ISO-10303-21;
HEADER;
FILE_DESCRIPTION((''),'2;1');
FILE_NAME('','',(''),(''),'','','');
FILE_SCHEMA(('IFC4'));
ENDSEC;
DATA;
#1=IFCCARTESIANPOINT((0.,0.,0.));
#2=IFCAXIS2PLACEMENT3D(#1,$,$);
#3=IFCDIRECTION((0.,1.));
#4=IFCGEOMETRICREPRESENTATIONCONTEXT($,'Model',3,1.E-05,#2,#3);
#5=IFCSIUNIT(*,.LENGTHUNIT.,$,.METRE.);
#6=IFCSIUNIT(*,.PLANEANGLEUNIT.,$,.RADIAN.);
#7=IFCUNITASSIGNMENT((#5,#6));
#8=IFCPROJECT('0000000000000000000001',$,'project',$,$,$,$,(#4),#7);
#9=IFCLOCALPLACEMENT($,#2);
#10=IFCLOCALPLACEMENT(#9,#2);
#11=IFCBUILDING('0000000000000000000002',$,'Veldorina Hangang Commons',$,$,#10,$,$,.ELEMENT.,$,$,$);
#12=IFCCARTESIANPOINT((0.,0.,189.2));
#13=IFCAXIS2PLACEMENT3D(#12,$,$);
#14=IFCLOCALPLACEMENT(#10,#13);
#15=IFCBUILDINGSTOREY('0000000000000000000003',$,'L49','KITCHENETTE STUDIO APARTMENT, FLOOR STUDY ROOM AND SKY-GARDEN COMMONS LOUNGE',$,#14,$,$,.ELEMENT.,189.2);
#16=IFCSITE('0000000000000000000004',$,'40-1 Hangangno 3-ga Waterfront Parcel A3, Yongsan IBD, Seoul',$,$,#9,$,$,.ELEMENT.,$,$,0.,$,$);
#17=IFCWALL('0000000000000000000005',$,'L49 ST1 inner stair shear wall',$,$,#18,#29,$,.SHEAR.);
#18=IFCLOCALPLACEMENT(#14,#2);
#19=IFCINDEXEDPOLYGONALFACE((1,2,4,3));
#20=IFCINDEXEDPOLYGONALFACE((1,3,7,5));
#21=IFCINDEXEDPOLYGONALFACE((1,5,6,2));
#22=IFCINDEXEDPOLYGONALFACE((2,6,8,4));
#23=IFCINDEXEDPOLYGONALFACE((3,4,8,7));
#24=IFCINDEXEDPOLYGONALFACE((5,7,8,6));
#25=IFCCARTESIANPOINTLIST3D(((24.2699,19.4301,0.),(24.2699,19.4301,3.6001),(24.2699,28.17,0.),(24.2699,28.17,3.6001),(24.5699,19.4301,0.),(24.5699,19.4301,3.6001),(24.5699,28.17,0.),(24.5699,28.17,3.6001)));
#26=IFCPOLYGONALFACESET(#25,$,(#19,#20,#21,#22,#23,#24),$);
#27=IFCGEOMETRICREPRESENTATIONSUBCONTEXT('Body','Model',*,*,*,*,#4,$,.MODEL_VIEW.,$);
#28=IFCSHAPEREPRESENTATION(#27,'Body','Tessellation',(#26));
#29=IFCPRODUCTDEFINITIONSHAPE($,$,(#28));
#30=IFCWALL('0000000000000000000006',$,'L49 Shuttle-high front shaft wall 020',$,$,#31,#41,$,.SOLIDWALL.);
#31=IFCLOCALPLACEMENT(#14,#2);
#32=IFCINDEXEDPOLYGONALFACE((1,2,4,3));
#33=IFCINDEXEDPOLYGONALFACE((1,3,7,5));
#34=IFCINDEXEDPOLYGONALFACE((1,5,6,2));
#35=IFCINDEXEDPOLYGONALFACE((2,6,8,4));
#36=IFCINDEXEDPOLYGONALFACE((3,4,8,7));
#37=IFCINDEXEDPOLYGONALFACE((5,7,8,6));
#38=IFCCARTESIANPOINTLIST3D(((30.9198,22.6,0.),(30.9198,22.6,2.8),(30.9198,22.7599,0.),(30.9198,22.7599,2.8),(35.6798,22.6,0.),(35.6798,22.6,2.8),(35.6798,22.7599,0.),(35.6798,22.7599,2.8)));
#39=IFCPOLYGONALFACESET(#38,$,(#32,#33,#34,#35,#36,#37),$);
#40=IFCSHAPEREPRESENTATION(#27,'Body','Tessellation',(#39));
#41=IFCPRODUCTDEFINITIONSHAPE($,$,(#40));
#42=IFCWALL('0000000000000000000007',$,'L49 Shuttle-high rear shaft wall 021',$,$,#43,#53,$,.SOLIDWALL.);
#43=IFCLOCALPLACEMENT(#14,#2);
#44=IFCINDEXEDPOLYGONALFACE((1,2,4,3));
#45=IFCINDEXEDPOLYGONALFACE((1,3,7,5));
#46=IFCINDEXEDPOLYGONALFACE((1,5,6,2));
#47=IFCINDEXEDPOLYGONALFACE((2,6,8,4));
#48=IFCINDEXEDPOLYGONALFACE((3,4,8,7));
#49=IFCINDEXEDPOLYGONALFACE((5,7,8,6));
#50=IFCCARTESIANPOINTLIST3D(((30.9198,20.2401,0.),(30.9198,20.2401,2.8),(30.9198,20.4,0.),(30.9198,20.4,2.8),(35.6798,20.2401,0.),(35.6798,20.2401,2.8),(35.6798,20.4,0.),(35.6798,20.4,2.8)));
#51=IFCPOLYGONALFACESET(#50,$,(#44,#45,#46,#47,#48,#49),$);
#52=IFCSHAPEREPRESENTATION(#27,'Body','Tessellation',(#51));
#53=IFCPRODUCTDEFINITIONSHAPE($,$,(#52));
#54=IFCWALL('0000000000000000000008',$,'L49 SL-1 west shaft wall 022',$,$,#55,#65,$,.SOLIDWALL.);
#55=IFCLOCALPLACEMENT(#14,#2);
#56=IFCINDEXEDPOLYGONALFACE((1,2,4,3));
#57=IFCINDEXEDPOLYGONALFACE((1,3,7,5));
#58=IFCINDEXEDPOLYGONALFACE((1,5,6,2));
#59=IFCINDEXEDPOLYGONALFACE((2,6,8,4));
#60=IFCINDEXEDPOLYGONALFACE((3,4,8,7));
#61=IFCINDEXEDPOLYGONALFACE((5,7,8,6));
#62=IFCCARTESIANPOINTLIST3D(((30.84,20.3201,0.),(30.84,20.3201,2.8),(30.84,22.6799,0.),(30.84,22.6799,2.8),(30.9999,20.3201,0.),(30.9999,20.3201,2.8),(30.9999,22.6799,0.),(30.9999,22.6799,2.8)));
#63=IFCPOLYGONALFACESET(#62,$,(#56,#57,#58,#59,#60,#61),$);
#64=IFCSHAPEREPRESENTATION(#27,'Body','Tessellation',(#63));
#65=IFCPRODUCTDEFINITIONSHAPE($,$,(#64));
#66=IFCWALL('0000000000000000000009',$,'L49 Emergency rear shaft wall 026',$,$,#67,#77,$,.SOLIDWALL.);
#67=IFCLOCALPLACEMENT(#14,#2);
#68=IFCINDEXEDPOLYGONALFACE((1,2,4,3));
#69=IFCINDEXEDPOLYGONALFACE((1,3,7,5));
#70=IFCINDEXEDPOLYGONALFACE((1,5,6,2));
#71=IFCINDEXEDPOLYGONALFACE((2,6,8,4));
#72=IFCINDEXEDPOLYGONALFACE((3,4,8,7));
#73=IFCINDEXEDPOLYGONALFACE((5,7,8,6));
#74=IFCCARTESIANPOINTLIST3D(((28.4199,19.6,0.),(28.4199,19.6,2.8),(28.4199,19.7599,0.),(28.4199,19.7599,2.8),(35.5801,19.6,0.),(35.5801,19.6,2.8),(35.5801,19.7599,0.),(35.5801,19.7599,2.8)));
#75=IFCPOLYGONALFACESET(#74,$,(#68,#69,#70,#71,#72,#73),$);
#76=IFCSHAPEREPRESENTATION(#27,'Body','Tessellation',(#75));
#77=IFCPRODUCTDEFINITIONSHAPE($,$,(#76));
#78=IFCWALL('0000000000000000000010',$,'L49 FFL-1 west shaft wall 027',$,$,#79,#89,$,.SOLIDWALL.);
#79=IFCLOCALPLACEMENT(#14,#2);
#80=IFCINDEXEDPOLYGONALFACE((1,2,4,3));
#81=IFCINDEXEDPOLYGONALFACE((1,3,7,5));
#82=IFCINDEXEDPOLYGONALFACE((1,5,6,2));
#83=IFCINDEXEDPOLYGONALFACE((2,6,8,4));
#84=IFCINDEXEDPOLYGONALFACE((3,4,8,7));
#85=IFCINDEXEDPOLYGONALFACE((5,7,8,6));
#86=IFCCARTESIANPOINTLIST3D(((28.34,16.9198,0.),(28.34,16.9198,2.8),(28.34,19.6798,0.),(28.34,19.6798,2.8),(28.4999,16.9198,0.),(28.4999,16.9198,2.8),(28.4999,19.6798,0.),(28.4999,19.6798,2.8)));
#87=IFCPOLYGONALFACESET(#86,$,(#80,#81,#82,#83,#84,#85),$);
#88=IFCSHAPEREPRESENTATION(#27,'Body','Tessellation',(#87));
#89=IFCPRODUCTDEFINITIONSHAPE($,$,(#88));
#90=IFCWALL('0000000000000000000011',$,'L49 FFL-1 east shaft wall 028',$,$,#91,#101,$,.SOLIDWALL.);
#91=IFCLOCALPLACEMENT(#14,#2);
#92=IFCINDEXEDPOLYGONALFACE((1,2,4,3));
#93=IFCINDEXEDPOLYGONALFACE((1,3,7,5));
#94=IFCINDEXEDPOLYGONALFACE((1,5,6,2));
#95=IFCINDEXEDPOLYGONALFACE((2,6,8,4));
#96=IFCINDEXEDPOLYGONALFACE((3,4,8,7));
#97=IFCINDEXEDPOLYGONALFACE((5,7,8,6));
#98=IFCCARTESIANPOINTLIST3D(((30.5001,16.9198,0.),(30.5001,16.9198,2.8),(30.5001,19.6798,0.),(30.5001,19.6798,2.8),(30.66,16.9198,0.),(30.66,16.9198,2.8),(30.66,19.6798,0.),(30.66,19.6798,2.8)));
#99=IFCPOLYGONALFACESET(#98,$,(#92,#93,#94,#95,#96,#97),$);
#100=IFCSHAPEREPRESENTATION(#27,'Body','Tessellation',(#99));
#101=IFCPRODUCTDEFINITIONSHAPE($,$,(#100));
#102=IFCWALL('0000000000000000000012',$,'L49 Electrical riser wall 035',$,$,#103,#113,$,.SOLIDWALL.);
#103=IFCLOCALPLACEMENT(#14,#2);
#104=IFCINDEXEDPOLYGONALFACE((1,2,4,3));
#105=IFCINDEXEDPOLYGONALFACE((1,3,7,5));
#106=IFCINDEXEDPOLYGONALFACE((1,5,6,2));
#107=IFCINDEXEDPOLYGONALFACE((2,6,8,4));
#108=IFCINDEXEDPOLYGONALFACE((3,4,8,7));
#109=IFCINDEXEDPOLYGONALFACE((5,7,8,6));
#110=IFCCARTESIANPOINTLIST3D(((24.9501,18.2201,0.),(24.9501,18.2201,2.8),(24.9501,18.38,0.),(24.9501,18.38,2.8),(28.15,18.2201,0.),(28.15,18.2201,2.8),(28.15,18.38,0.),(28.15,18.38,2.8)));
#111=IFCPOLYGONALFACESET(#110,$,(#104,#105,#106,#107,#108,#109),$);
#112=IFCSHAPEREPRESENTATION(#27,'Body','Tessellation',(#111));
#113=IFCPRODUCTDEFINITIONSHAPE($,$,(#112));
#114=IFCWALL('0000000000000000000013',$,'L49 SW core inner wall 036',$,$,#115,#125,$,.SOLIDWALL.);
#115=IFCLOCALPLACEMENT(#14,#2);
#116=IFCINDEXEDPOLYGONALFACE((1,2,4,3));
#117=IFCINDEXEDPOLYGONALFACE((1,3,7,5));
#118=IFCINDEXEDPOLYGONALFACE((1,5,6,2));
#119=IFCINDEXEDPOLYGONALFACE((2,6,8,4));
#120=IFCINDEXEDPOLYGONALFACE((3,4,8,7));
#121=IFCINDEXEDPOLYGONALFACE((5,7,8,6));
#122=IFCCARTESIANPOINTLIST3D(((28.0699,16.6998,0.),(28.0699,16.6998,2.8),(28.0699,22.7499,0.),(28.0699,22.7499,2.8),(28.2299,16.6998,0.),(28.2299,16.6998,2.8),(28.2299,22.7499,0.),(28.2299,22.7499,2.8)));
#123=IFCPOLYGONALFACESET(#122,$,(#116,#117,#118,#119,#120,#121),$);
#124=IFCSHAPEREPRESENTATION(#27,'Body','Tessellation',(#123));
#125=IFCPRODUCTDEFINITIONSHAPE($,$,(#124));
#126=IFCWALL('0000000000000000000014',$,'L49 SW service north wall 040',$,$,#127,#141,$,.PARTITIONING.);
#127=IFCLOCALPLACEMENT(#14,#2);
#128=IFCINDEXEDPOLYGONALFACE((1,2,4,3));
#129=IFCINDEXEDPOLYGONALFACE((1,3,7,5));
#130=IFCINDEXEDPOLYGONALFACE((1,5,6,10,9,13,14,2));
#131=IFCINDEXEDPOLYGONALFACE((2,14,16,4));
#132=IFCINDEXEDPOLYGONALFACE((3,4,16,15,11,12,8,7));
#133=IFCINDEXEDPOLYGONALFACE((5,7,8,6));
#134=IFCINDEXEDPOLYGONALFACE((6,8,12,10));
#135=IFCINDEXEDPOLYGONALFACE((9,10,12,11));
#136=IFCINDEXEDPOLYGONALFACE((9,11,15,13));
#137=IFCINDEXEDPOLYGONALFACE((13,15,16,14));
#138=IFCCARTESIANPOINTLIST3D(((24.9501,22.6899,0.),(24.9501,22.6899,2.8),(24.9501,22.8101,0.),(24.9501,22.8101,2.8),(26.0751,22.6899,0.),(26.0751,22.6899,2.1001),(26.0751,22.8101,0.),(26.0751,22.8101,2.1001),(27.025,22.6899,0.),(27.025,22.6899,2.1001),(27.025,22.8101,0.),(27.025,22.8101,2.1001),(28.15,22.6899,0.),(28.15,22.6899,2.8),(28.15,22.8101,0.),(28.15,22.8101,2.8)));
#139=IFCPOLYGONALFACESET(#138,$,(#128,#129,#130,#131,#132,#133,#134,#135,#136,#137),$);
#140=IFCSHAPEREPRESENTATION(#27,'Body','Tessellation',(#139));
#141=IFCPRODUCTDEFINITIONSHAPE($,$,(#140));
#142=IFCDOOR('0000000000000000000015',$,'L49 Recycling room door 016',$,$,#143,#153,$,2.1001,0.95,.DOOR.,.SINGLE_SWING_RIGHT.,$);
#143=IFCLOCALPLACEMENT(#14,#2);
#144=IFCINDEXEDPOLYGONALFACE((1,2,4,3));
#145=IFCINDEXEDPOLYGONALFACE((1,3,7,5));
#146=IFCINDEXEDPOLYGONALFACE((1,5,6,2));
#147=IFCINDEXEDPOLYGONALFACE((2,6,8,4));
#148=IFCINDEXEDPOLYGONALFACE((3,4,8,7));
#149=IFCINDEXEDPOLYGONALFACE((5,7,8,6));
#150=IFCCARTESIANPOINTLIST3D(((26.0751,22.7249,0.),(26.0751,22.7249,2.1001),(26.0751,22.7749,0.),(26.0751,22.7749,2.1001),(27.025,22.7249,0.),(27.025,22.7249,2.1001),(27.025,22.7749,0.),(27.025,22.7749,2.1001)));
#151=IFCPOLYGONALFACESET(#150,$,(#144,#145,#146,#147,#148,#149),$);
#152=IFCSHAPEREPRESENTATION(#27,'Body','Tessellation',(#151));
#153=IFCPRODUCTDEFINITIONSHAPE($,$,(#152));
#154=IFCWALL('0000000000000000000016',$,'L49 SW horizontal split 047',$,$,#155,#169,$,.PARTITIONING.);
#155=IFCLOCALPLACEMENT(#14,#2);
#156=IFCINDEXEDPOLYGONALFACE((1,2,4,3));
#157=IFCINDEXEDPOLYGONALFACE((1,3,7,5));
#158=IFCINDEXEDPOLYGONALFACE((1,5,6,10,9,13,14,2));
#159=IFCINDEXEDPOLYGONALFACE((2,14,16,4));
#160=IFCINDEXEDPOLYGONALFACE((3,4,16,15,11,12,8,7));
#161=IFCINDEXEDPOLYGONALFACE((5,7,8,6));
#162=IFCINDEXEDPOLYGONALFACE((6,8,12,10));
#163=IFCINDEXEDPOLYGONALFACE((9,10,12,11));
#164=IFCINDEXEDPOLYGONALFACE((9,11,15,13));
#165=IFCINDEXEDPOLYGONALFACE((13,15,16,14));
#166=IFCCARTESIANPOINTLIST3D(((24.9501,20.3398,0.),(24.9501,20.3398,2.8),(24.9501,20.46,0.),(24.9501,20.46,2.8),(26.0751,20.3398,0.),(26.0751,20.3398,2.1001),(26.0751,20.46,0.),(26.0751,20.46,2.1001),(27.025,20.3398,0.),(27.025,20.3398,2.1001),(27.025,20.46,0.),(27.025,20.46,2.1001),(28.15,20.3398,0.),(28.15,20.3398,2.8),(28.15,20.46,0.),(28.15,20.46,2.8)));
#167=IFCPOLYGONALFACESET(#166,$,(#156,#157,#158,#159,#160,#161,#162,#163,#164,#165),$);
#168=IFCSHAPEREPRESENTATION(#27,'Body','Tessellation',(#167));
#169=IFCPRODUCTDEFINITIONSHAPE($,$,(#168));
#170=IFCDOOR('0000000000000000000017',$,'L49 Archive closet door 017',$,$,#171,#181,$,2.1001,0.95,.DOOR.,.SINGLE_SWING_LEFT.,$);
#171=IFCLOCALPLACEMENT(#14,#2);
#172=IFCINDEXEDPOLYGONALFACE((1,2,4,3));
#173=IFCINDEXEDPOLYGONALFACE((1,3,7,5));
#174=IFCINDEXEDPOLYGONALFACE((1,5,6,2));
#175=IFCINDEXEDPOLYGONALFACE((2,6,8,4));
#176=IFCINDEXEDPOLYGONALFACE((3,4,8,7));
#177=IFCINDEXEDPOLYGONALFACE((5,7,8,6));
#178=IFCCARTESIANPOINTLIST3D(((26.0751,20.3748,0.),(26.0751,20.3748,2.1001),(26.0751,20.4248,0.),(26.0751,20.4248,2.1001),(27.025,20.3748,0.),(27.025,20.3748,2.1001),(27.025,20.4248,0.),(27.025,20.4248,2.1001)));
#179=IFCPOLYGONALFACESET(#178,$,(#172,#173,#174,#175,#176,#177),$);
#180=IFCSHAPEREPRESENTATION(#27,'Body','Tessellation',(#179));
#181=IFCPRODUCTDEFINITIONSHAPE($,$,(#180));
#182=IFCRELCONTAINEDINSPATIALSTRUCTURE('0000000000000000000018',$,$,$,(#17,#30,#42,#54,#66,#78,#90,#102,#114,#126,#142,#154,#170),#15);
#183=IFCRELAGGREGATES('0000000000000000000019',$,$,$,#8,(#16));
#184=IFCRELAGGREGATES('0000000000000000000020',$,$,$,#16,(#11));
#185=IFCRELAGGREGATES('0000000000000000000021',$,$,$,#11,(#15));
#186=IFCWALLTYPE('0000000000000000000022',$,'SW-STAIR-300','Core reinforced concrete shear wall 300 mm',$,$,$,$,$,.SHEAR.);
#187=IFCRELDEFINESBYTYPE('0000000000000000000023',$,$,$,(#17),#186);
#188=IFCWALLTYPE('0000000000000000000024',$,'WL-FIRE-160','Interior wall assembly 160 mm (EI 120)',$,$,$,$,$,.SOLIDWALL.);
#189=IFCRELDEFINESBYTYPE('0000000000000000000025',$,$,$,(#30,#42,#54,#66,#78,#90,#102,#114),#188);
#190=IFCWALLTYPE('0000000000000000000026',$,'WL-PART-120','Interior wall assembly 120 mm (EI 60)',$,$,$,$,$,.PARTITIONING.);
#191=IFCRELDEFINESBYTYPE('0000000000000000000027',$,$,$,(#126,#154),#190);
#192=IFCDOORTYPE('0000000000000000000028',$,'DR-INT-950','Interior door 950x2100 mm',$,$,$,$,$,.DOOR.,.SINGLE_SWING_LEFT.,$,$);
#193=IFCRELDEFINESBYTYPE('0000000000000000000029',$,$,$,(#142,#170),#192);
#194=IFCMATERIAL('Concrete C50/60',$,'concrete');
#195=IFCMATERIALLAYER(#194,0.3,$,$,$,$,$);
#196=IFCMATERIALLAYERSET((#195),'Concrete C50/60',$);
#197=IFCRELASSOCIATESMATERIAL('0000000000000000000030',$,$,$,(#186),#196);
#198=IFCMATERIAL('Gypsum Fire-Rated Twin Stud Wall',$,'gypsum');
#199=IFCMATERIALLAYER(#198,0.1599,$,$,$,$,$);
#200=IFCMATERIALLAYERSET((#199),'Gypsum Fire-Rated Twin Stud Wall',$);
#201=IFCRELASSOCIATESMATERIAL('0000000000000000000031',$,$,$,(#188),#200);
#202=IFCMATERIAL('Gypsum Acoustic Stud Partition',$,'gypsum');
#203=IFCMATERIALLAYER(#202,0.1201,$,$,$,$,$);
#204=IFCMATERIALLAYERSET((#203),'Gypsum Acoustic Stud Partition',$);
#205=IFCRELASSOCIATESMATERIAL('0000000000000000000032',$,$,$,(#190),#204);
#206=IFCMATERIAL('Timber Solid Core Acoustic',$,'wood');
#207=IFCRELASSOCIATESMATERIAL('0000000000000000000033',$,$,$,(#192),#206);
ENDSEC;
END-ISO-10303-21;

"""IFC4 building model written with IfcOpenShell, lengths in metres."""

from ifc_helpers import new_model, si_unit, direction, frame, frame_2d, origin, place, context, subcontext, project, spatial, rectangle, extrude, material, layer, layer_set, type_object, element, fill, save


model = new_model("IFC4")

# Units and contexts
model_context = context("Model", 3, precision=1e-05, world=origin(), true_north=direction((0.0, 1.0)))
body_context = subcontext(model_context, "Body", "Model", "MODEL_VIEW")
ifc_project = project(units=[si_unit("LENGTHUNIT", "METRE"), si_unit("PLANEANGLEUNIT", "RADIAN")], contexts=[model_context])

# Site, building, storey
site_placement = place(None, origin())
site = spatial("IfcSite", under=ifc_project, at=site_placement, Name="40-1 Hangangno 3-ga Waterfront Parcel A3, Yongsan IBD, Seoul", CompositionType="ELEMENT", RefElevation=0.0)
building_placement = place(site_placement, origin())
building = spatial("IfcBuilding", under=site, at=building_placement, Name="Veldorina Hangang Commons", CompositionType="ELEMENT")
storey_placement = place(building_placement, frame((0.0, 0.0, 189.2)))
storey = spatial("IfcBuildingStorey", under=building, at=storey_placement, Name="L49", Description="KITCHENETTE STUDIO APARTMENT, FLOOR STUDY ROOM AND SKY-GARDEN COMMONS LOUNGE", CompositionType="ELEMENT", Elevation=189.2)

# Walls
ifc_material_1 = material(Name="Concrete C50/60", Category="concrete")
ifc_layer_1 = layer(ifc_material_1, 0.3)
ifc_layer_set_1 = layer_set([ifc_layer_1], Name="Concrete C50/60")
wall_type_1 = type_object("IfcWallType", Name="SW-STAIR-300", Description="Core reinforced concrete shear wall 300 mm", PredefinedType="SHEAR", material=ifc_layer_set_1)
wall_1_placement = place(storey_placement, frame((24.4199, 19.4299, 0.0), z_axis=(0.0, 0.0, 1.0), x_axis=(0.0, 1.0, 0.0)))
element("IfcWall", 1, at=wall_1_placement, inside=storey, type_object=wall_type_1, Name="L49 ST1 inner stair shear wall", PredefinedType="SHEAR", context=body_context, shape_type="SweptSolid", body=[
    extrude(rectangle(XDim=8.74, YDim=0.3, at=frame_2d((4.3701, 0.0))), origin(), (0.0, 0.0, 1.0), 3.6001),
])
ifc_material_2 = material(Name="Gypsum Fire-Rated Twin Stud Wall", Category="gypsum")
ifc_layer_2 = layer(ifc_material_2, 0.1599)
ifc_layer_set_2 = layer_set([ifc_layer_2], Name="Gypsum Fire-Rated Twin Stud Wall")
wall_type_2 = type_object("IfcWallType", Name="WL-FIRE-160", Description="Interior wall assembly 160 mm (EI 120)", PredefinedType="SOLIDWALL", material=ifc_layer_set_2)
for number, where, z_axis, x_axis, name in (
    (2, (30.9199, 22.6799, 0.0), (0.0, 0.0, 1.0), (1.0, 0.0, 0.0), "L49 Shuttle-high front shaft wall 020"),
    (3, (30.9199, 20.3201, 0.0), (0.0, 0.0, 1.0), (1.0, 0.0, 0.0), "L49 Shuttle-high rear shaft wall 021"),
):
    element("IfcWall", number, at=place(storey_placement, frame(where, z_axis=z_axis, x_axis=x_axis)), inside=storey, type_object=wall_type_2, Name=name, PredefinedType="SOLIDWALL", context=body_context, shape_type="SweptSolid", body=[
        extrude(rectangle(XDim=4.76, YDim=0.1599, at=frame_2d((2.3799, 0.0))), origin(), (0.0, 0.0, 1.0), 2.8),
    ])
wall_2_placement = place(storey_placement, frame((30.9199, 20.3201, 0.0), z_axis=(0.0, 0.0, 1.0), x_axis=(0.0, 1.0, 0.0)))
element("IfcWall", 4, at=wall_2_placement, inside=storey, type_object=wall_type_2, Name="L49 SL-1 west shaft wall 022", PredefinedType="SOLIDWALL", context=body_context, shape_type="SweptSolid", body=[
    extrude(rectangle(XDim=2.3599, YDim=0.1599, at=frame_2d((1.1799, 0.0))), origin(), (0.0, 0.0, 1.0), 2.8),
])

# Walls
wall_3_placement = place(storey_placement, frame((28.4199, 19.6799, 0.0), z_axis=(0.0, 0.0, 1.0), x_axis=(1.0, 0.0, 0.0)))
element("IfcWall", 5, at=wall_3_placement, inside=storey, type_object=wall_type_2, Name="L49 Emergency rear shaft wall 026", PredefinedType="SOLIDWALL", context=body_context, shape_type="SweptSolid", body=[
    extrude(rectangle(XDim=7.1602, YDim=0.1599, at=frame_2d((3.5801, 0.0))), origin(), (0.0, 0.0, 1.0), 2.8),
])
for number, where, z_axis, x_axis, name in (
    (6, (28.4199, 16.9199, 0.0), (0.0, 0.0, 1.0), (0.0, 1.0, 0.0), "L49 FFL-1 west shaft wall 027"),
    (7, (30.5801, 16.9199, 0.0), (0.0, 0.0, 1.0), (0.0, 1.0, 0.0), "L49 FFL-1 east shaft wall 028"),
):
    element("IfcWall", number, at=place(storey_placement, frame(where, z_axis=z_axis, x_axis=x_axis)), inside=storey, type_object=wall_type_2, Name=name, PredefinedType="SOLIDWALL", context=body_context, shape_type="SweptSolid", body=[
        extrude(rectangle(XDim=2.76, YDim=0.1599, at=frame_2d((1.3799, 0.0))), origin(), (0.0, 0.0, 1.0), 2.8),
    ])
wall_4_placement = place(storey_placement, frame((24.95, 18.3, 0.0), z_axis=(0.0, 0.0, 1.0), x_axis=(1.0, 0.0, 0.0)))
element("IfcWall", 8, at=wall_4_placement, inside=storey, type_object=wall_type_2, Name="L49 Electrical riser wall 035", PredefinedType="SOLIDWALL", context=body_context, shape_type="SweptSolid", body=[
    extrude(rectangle(XDim=3.2, YDim=0.1599, at=frame_2d((1.6001, 0.0))), origin(), (0.0, 0.0, 1.0), 2.8),
])
wall_5_placement = place(storey_placement, frame((28.1499, 16.7, 0.0), z_axis=(0.0, 0.0, 1.0), x_axis=(0.0, 1.0, 0.0)))
element("IfcWall", 9, at=wall_5_placement, inside=storey, type_object=wall_type_2, Name="L49 SW core inner wall 036", PredefinedType="SOLIDWALL", context=body_context, shape_type="SweptSolid", body=[
    extrude(rectangle(XDim=6.05, YDim=0.1599, at=frame_2d((3.0249, 0.0))), origin(), (0.0, 0.0, 1.0), 2.8),
])

# Walls, openings, doors
ifc_material_3 = material(Name="Gypsum Acoustic Stud Partition", Category="gypsum")
ifc_layer_3 = layer(ifc_material_3, 0.1201)
ifc_layer_set_3 = layer_set([ifc_layer_3], Name="Gypsum Acoustic Stud Partition")
wall_type_3 = type_object("IfcWallType", Name="WL-PART-120", Description="Interior wall assembly 120 mm (EI 60)", PredefinedType="PARTITIONING", material=ifc_layer_set_3)
wall_6_placement = place(storey_placement, frame((24.95, 22.75, 0.0), z_axis=(0.0, 0.0, 1.0), x_axis=(1.0, 0.0, 0.0)))
wall_6 = element("IfcWall", 10, at=wall_6_placement, inside=storey, type_object=wall_type_3, Name="L49 SW service north wall 040", PredefinedType="PARTITIONING", context=body_context, shape_type="SweptSolid", body=[
    extrude(rectangle(XDim=3.2, YDim=0.1201, at=frame_2d((1.6001, 0.0))), origin(), (0.0, 0.0, 1.0), 2.8),
])
opening_1_placement = place(wall_6_placement, frame((1.125, 0.0, 0.0)))
opening_1 = element("IfcOpeningElement", 11, at=opening_1_placement, cuts=wall_6, PredefinedType="OPENING", context=body_context, shape_type="SweptSolid", body=[
    extrude(rectangle(XDim=0.95, YDim=2.1001, at=frame_2d((0.4751, 1.05))), frame((0.0, 0.0701, 0.0), z_axis=(0.0, -1.0, 0.0), x_axis=(1.0, 0.0, 0.0)), (0.0, 0.0, 1.0), 0.1401),
])
ifc_material_4 = material(Name="Timber Solid Core Acoustic", Category="wood")
door_type_1 = type_object("IfcDoorType", Name="DR-INT-950", Description="Interior door 950x2100 mm", OperationType="SINGLE_SWING_LEFT", PredefinedType="DOOR", material=ifc_material_4)
door_1_placement = place(opening_1_placement, origin())
door_1 = element("IfcDoor", 12, at=door_1_placement, inside=storey, type_object=door_type_1, Name="L49 Recycling room door 016", OperationType="SINGLE_SWING_RIGHT", OverallHeight=2.1001, OverallWidth=0.95, PredefinedType="DOOR", context=body_context, shape_type="SweptSolid", body=[
    extrude(rectangle(XDim=0.95, YDim=2.1001, at=frame_2d((0.4751, 1.05))), frame((0.0, 0.0249, 0.0), z_axis=(0.0, -1.0, 0.0), x_axis=(1.0, 0.0, 0.0)), (0.0, 0.0, 1.0), 0.05),
])
fill(opening_1, door_1)
wall_7_placement = place(storey_placement, frame((24.95, 20.3999, 0.0), z_axis=(0.0, 0.0, 1.0), x_axis=(1.0, 0.0, 0.0)))
wall_7 = element("IfcWall", 13, at=wall_7_placement, inside=storey, type_object=wall_type_3, Name="L49 SW horizontal split 047", PredefinedType="PARTITIONING", context=body_context, shape_type="SweptSolid", body=[
    extrude(rectangle(XDim=3.2, YDim=0.1201, at=frame_2d((1.6001, 0.0))), origin(), (0.0, 0.0, 1.0), 2.8),
])
opening_2_placement = place(wall_7_placement, frame((1.125, 0.0, 0.0)))
opening_2 = element("IfcOpeningElement", 14, at=opening_2_placement, cuts=wall_7, PredefinedType="OPENING", context=body_context, shape_type="SweptSolid", body=[
    extrude(rectangle(XDim=0.95, YDim=2.1001, at=frame_2d((0.4751, 1.05))), frame((0.0, 0.0701, 0.0), z_axis=(0.0, -1.0, 0.0), x_axis=(1.0, 0.0, 0.0)), (0.0, 0.0, 1.0), 0.1401),
])
door_2_placement = place(opening_2_placement, origin())
door_2 = element("IfcDoor", 15, at=door_2_placement, inside=storey, type_object=door_type_1, Name="L49 Archive closet door 017", OperationType="SINGLE_SWING_LEFT", OverallHeight=2.1001, OverallWidth=0.95, PredefinedType="DOOR", context=body_context, shape_type="SweptSolid", body=[
    extrude(rectangle(XDim=0.95, YDim=2.1001, at=frame_2d((0.4751, 1.05))), frame((0.0, 0.0249, 0.0), z_axis=(0.0, -1.0, 0.0), x_axis=(1.0, 0.0, 0.0)), (0.0, 0.0, 1.0), 0.05),
])
fill(opening_2, door_2)

save(model, "model.ifc")
